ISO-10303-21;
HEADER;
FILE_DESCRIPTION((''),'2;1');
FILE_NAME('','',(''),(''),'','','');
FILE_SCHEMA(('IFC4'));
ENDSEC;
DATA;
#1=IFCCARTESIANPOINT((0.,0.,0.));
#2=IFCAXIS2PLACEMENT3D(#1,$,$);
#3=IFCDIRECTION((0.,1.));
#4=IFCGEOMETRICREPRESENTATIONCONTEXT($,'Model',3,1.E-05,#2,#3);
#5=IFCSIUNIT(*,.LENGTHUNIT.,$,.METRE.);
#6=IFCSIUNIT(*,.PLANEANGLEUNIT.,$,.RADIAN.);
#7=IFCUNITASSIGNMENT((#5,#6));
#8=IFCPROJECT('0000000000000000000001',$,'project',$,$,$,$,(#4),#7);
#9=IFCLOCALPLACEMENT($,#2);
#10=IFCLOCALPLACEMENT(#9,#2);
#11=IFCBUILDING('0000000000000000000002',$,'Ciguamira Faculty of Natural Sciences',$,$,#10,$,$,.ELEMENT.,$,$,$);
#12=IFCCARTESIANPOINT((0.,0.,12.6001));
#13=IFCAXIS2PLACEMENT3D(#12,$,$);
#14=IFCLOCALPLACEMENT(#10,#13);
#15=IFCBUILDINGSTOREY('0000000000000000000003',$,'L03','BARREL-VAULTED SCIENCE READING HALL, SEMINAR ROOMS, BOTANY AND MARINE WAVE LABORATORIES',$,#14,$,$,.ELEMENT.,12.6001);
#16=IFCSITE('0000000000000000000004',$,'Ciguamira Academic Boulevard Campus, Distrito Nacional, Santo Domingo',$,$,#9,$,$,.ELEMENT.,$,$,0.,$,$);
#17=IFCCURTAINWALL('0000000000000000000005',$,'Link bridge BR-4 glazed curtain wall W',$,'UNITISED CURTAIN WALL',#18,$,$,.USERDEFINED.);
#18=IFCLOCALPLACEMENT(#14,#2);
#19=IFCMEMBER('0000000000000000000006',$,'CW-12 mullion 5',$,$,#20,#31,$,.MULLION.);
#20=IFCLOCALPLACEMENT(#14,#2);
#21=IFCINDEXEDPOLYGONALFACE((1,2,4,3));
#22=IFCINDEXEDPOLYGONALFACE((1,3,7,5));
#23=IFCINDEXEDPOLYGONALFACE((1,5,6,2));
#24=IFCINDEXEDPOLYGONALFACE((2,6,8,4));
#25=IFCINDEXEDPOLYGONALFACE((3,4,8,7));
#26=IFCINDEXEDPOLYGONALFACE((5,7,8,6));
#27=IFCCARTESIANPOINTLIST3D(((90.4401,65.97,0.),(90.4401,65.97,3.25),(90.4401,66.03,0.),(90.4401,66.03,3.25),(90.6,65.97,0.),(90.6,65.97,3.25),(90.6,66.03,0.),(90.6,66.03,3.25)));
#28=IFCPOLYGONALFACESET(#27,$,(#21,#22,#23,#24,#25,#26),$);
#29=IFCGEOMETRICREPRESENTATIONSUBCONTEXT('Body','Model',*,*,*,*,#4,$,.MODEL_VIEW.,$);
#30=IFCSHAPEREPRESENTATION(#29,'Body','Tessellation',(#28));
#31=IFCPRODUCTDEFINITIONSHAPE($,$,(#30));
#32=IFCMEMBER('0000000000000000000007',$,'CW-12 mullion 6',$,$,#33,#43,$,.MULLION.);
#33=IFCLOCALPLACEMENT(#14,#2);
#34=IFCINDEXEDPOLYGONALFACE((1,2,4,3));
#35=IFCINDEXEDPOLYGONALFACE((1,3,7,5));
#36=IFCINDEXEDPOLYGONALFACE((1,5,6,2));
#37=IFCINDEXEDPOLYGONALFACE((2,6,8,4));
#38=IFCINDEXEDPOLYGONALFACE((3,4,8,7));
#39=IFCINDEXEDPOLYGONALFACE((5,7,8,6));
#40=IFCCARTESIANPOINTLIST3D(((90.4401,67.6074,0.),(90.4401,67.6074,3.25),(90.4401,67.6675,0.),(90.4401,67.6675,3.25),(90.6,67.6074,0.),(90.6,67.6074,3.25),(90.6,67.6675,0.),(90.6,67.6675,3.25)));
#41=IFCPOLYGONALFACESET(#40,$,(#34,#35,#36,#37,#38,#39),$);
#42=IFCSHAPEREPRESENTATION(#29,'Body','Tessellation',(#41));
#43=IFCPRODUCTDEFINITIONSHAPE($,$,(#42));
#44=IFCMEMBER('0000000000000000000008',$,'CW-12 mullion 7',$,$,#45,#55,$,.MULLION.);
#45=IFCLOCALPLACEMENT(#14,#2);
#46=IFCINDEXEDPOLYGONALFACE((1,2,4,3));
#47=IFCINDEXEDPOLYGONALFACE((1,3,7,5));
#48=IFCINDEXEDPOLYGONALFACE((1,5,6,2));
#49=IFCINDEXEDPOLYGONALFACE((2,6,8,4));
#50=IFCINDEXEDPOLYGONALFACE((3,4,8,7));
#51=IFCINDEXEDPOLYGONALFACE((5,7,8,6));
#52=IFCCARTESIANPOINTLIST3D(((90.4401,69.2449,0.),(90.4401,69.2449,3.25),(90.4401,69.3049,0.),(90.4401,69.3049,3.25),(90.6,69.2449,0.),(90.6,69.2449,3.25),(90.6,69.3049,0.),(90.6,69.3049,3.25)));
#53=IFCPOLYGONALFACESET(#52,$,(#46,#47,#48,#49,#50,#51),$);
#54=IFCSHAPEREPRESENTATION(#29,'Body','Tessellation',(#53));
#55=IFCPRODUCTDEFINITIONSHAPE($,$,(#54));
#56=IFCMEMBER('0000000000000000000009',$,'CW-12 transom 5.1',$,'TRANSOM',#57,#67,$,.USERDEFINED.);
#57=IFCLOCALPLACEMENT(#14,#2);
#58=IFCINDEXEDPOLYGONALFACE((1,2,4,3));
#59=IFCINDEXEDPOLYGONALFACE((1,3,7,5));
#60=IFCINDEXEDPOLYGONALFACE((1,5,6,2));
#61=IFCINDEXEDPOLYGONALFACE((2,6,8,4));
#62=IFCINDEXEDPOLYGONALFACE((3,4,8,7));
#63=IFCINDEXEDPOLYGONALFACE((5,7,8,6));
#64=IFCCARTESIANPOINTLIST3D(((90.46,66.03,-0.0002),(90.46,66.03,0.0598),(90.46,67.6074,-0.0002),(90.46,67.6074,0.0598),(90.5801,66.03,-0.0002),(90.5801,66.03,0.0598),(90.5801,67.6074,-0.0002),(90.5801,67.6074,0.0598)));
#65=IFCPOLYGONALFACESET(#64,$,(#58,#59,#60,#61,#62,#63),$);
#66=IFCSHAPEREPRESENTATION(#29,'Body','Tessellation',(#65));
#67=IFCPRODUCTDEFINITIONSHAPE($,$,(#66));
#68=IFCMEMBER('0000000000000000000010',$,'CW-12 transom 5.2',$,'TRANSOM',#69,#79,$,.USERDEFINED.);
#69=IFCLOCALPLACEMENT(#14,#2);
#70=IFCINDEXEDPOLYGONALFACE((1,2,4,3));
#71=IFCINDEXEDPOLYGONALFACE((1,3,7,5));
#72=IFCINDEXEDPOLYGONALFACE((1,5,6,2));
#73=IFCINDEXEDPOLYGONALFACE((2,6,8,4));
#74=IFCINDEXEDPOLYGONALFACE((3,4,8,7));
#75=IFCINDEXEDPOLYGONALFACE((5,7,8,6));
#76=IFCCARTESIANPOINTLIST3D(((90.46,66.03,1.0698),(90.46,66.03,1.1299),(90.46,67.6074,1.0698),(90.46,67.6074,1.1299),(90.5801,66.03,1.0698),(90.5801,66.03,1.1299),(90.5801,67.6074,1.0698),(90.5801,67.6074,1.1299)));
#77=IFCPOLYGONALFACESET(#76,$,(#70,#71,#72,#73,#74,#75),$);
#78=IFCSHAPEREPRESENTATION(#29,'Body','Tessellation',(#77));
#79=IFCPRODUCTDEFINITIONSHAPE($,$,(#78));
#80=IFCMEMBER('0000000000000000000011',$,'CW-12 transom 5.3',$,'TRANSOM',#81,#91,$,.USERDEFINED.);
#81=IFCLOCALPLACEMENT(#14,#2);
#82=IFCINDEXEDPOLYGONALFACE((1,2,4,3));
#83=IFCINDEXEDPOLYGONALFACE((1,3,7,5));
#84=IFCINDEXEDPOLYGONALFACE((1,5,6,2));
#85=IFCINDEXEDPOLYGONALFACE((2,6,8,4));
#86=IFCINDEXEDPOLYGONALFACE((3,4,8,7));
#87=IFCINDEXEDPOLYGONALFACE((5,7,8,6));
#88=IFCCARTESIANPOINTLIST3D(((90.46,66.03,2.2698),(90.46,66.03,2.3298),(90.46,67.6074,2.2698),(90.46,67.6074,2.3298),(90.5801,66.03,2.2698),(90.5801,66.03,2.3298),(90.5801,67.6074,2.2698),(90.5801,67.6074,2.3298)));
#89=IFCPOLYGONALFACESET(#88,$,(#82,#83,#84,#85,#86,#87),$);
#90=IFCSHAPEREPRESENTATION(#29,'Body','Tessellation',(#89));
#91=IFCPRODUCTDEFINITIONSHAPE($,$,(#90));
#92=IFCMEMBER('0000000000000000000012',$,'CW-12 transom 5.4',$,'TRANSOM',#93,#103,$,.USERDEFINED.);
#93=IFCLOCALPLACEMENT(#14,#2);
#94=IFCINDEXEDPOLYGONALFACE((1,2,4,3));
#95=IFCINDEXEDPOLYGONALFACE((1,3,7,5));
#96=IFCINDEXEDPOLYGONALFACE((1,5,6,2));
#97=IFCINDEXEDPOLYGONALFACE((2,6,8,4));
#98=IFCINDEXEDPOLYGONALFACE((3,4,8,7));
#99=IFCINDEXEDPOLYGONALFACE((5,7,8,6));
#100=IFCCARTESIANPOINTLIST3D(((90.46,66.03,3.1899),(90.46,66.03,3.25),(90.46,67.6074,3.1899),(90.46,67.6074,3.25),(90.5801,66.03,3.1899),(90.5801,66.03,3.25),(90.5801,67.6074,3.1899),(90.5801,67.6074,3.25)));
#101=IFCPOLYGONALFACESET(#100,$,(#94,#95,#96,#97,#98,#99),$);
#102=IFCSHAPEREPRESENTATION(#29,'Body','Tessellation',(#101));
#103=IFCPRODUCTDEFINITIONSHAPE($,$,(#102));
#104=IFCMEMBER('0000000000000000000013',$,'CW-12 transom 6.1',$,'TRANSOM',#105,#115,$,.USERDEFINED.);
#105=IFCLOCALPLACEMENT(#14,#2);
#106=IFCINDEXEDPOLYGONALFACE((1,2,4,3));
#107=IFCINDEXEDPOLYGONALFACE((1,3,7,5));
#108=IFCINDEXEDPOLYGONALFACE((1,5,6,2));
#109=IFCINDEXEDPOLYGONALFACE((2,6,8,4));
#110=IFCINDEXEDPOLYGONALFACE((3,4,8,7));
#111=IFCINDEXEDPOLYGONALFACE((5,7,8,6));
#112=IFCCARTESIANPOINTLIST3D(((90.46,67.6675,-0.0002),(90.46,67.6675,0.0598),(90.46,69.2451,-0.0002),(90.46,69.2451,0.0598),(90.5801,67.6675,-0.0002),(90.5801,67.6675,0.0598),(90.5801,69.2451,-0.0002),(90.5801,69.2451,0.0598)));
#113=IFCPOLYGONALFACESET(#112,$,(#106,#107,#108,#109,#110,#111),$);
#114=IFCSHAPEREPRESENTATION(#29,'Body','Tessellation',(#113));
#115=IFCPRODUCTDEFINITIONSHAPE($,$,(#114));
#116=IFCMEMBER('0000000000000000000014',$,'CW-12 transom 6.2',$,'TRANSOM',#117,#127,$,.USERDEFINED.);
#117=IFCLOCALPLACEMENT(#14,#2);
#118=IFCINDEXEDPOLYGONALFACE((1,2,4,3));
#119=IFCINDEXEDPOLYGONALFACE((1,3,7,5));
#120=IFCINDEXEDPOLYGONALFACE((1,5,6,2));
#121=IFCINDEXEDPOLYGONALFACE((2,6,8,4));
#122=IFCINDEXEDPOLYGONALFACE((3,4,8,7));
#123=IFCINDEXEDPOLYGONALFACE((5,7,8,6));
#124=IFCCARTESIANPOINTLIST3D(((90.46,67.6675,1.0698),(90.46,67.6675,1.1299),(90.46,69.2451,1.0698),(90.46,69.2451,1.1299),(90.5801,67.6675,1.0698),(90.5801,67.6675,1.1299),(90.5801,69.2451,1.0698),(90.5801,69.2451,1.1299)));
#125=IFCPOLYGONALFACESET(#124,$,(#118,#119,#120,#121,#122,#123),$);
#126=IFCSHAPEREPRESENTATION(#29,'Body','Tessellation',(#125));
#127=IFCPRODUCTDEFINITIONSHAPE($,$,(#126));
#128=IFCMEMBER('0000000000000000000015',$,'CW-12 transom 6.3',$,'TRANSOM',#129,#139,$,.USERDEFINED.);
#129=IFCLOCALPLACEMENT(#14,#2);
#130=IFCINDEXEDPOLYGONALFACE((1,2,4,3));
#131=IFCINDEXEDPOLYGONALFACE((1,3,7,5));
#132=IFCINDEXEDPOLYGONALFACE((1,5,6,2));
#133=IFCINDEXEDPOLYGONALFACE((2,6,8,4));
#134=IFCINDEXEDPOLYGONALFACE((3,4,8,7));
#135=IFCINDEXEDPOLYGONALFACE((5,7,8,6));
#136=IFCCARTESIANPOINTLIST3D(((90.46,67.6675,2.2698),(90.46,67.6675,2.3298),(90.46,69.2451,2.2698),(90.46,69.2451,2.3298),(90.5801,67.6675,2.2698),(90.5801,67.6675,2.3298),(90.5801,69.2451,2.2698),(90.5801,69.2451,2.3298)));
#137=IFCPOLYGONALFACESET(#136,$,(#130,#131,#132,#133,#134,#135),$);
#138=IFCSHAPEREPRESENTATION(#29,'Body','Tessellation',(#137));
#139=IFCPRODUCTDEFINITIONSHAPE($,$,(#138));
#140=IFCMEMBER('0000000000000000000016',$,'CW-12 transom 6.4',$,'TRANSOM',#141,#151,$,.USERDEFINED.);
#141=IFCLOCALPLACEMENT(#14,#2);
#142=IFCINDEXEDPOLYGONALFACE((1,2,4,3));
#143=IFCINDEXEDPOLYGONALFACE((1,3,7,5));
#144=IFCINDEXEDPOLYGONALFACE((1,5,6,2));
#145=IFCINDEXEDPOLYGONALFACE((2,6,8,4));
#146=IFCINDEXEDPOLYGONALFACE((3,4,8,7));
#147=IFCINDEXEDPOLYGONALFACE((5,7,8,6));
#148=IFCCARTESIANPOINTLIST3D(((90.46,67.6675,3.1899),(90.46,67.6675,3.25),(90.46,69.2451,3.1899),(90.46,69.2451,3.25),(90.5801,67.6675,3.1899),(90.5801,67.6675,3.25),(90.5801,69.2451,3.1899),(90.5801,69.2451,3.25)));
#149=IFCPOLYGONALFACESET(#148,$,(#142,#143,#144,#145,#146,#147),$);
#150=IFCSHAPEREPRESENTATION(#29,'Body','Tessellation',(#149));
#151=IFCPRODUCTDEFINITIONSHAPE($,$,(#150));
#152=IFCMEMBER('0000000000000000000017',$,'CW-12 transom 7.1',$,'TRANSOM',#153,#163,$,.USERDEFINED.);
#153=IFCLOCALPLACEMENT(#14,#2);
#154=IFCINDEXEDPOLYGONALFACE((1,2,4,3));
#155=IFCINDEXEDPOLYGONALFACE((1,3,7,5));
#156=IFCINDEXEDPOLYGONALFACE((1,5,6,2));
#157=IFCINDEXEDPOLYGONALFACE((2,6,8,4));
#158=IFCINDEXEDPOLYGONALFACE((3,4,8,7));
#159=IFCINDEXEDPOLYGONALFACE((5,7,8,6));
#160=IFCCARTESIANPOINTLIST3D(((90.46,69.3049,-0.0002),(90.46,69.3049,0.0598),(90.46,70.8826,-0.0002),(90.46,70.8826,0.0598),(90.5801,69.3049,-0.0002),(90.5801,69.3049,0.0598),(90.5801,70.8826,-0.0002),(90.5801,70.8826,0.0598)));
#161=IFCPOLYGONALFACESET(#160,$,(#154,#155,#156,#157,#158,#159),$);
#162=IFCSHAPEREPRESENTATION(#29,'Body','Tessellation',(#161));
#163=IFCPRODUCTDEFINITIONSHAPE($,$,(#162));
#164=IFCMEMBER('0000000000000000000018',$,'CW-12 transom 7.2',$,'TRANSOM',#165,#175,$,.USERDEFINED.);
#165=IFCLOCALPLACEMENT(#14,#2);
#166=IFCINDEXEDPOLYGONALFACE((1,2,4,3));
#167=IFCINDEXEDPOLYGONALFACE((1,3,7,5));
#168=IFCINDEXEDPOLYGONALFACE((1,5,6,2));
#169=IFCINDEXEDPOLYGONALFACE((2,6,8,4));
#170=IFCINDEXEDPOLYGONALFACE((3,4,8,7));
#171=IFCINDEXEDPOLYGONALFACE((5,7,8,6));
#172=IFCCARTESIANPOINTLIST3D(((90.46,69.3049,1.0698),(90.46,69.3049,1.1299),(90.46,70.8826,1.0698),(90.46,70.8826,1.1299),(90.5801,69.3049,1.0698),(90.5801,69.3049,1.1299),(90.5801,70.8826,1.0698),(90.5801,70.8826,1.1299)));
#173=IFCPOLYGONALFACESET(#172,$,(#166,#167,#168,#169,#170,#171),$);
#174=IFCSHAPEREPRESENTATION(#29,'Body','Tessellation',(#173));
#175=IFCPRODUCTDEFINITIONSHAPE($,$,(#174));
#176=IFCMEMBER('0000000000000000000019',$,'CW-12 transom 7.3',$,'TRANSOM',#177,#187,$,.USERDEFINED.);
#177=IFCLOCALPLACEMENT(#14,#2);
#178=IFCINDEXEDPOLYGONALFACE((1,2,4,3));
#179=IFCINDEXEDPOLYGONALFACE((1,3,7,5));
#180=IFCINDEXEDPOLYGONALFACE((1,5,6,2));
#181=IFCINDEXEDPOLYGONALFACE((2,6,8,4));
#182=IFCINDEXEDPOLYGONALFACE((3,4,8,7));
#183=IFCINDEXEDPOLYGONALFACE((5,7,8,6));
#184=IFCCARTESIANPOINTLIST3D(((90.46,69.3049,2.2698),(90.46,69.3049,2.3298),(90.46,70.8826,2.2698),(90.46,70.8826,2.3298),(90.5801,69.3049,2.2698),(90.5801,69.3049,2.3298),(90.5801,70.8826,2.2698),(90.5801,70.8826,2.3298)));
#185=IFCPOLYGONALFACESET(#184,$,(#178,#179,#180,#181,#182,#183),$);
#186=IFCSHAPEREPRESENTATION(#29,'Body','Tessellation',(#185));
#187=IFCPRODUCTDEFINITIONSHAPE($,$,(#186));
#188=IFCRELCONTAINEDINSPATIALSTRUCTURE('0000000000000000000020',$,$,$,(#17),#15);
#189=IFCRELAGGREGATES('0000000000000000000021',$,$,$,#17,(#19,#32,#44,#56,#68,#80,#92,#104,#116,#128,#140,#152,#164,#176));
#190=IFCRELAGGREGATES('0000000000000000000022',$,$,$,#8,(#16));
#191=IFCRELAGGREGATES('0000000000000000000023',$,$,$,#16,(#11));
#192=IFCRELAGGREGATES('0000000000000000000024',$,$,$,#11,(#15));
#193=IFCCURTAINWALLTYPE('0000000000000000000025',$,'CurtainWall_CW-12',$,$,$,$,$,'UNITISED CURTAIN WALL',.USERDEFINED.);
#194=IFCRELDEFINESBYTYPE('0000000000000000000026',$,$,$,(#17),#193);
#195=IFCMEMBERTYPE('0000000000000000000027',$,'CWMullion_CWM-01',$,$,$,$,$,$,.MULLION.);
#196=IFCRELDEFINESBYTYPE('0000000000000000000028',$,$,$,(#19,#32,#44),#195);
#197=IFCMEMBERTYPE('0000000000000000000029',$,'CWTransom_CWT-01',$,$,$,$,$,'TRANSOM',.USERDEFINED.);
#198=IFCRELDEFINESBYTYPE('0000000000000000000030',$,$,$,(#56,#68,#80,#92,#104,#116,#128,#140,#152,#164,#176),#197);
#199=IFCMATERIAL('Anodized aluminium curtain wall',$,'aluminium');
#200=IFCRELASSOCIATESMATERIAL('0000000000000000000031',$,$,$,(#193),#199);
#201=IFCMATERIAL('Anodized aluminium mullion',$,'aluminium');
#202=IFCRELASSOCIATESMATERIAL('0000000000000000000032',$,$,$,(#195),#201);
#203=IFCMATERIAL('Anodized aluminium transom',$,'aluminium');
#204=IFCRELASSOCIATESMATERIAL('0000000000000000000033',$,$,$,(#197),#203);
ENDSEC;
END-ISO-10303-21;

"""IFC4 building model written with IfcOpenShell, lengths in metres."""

from ifc_helpers import new_model, si_unit, direction, frame, origin, origin_2d, place, context, subcontext, project, spatial, rectangle, extrude, material, material_profile, profile_set, type_object, element, aggregate, save


model = new_model("IFC4")

# Units and contexts
model_context = context("Model", 3, precision=1e-05, world=origin(), true_north=direction((0.0, 1.0)))
body_context = subcontext(model_context, "Body", "Model", "MODEL_VIEW")
ifc_project = project(units=[si_unit("LENGTHUNIT", "METRE"), si_unit("PLANEANGLEUNIT", "RADIAN")], contexts=[model_context])

# Site, building, storey
site_placement = place(None, origin())
site = spatial("IfcSite", under=ifc_project, at=site_placement, Name="Ciguamira Academic Boulevard Campus, Distrito Nacional, Santo Domingo", CompositionType="ELEMENT", RefElevation=0.0)
building_placement = place(site_placement, origin())
building = spatial("IfcBuilding", under=site, at=building_placement, Name="Ciguamira Faculty of Natural Sciences", CompositionType="ELEMENT")
storey_placement = place(building_placement, frame((0.0, 0.0, 12.6001)))
storey = spatial("IfcBuildingStorey", under=building, at=storey_placement, Name="L03", Description="BARREL-VAULTED SCIENCE READING HALL, SEMINAR ROOMS, BOTANY AND MARINE WAVE LABORATORIES", CompositionType="ELEMENT", Elevation=12.6001)

# Curtain wall, members
ifc_material_1 = material(Name="Anodized aluminium curtain wall", Category="aluminium")
curtain_wall_type = type_object("IfcCurtainWallType", Name="CurtainWall_CW-12", ElementType="UNITISED CURTAIN WALL", PredefinedType="USERDEFINED", material=ifc_material_1)
curtain_wall_placement = place(storey_placement, origin())
curtain_wall = element("IfcCurtainWall", 1, at=curtain_wall_placement, inside=storey, type_object=curtain_wall_type, Name="Link bridge BR-4 glazed curtain wall W", ObjectType="UNITISED CURTAIN WALL", PredefinedType="USERDEFINED")
ifc_material_2 = material(Name="Anodized aluminium mullion", Category="aluminium")
ifc_material_profile_1 = material_profile(ifc_material_2, rectangle(XDim=0.0601, YDim=0.1599, at=origin_2d()), Name="ALU-MUL-60X160")
ifc_profile_set_1 = profile_set([ifc_material_profile_1], Name="Anodized aluminium mullion")
member_type_1 = type_object("IfcMemberType", Name="CWMullion_CWM-01", PredefinedType="MULLION", material=ifc_profile_set_1)
member_1_placement = place(storey_placement, frame((90.52, 66.0, 0.0), z_axis=(0.0, 0.0, 1.0), x_axis=(0.0, 1.0, 0.0)))
member_1 = element("IfcMember", 2, at=member_1_placement, type_object=member_type_1, Name="CW-12 mullion 5", PredefinedType="MULLION", context=body_context, shape_type="SweptSolid", body=[
    extrude(rectangle(XDim=0.0601, YDim=0.1599, at=origin_2d()), origin(), (0.0, 0.0, 1.0), 3.25),
])
member_2_placement = place(storey_placement, frame((90.52, 67.6375, 0.0), z_axis=(0.0, 0.0, 1.0), x_axis=(0.0, 1.0, 0.0)))
member_2 = element("IfcMember", 3, at=member_2_placement, type_object=member_type_1, Name="CW-12 mullion 6", PredefinedType="MULLION", context=body_context, shape_type="SweptSolid", body=[
    extrude(rectangle(XDim=0.0601, YDim=0.1599, at=origin_2d()), origin(), (0.0, 0.0, 1.0), 3.25),
])
member_3_placement = place(storey_placement, frame((90.52, 69.2749, 0.0), z_axis=(0.0, 0.0, 1.0), x_axis=(0.0, 1.0, 0.0)))
member_3 = element("IfcMember", 4, at=member_3_placement, type_object=member_type_1, Name="CW-12 mullion 7", PredefinedType="MULLION", context=body_context, shape_type="SweptSolid", body=[
    extrude(rectangle(XDim=0.0601, YDim=0.1599, at=origin_2d()), origin(), (0.0, 0.0, 1.0), 3.25),
])
ifc_material_3 = material(Name="Anodized aluminium transom", Category="aluminium")
ifc_material_profile_2 = material_profile(ifc_material_3, rectangle(XDim=0.0601, YDim=0.1201, at=origin_2d()), Name="ALU-TRN-60X120")
ifc_profile_set_2 = profile_set([ifc_material_profile_2], Name="Anodized aluminium transom")
member_type_2 = type_object("IfcMemberType", Name="CWTransom_CWT-01", ElementType="TRANSOM", PredefinedType="USERDEFINED", material=ifc_profile_set_2)
member_4_placement = place(storey_placement, frame((90.52, 66.03, 0.0298), z_axis=(0.0, 1.0, 0.0), x_axis=(0.0, 0.0, 1.0)))
member_4 = element("IfcMember", 5, at=member_4_placement, type_object=member_type_2, Name="CW-12 transom 5.1", ObjectType="TRANSOM", PredefinedType="USERDEFINED", context=body_context, shape_type="SweptSolid", body=[
    extrude(rectangle(XDim=0.0601, YDim=0.1201, at=origin_2d()), origin(), (0.0, 0.0, 1.0), 1.5774),
])
member_5_placement = place(storey_placement, frame((90.52, 66.03, 1.0999), z_axis=(0.0, 1.0, 0.0), x_axis=(0.0, 0.0, 1.0)))
member_5 = element("IfcMember", 6, at=member_5_placement, type_object=member_type_2, Name="CW-12 transom 5.2", ObjectType="TRANSOM", PredefinedType="USERDEFINED", context=body_context, shape_type="SweptSolid", body=[
    extrude(rectangle(XDim=0.0601, YDim=0.1201, at=origin_2d()), origin(), (0.0, 0.0, 1.0), 1.5774),
])
member_6_placement = place(storey_placement, frame((90.52, 66.03, 2.2998), z_axis=(0.0, 1.0, 0.0), x_axis=(0.0, 0.0, 1.0)))
member_6 = element("IfcMember", 7, at=member_6_placement, type_object=member_type_2, Name="CW-12 transom 5.3", ObjectType="TRANSOM", PredefinedType="USERDEFINED", context=body_context, shape_type="SweptSolid", body=[
    extrude(rectangle(XDim=0.0601, YDim=0.1201, at=origin_2d()), origin(), (0.0, 0.0, 1.0), 1.5774),
])
member_7_placement = place(storey_placement, frame((90.52, 66.03, 3.22), z_axis=(0.0, 1.0, 0.0), x_axis=(0.0, 0.0, 1.0)))
member_7 = element("IfcMember", 8, at=member_7_placement, type_object=member_type_2, Name="CW-12 transom 5.4", ObjectType="TRANSOM", PredefinedType="USERDEFINED", context=body_context, shape_type="SweptSolid", body=[
    extrude(rectangle(XDim=0.0601, YDim=0.1201, at=origin_2d()), origin(), (0.0, 0.0, 1.0), 1.5774),
])
member_8_placement = place(storey_placement, frame((90.52, 67.6675, 0.0298), z_axis=(0.0, 1.0, 0.0), x_axis=(0.0, 0.0, 1.0)))
member_8 = element("IfcMember", 9, at=member_8_placement, type_object=member_type_2, Name="CW-12 transom 6.1", ObjectType="TRANSOM", PredefinedType="USERDEFINED", context=body_context, shape_type="SweptSolid", body=[
    extrude(rectangle(XDim=0.0601, YDim=0.1201, at=origin_2d()), origin(), (0.0, 0.0, 1.0), 1.5776),
])
member_9_placement = place(storey_placement, frame((90.52, 67.6675, 1.0999), z_axis=(0.0, 1.0, 0.0), x_axis=(0.0, 0.0, 1.0)))
member_9 = element("IfcMember", 10, at=member_9_placement, type_object=member_type_2, Name="CW-12 transom 6.2", ObjectType="TRANSOM", PredefinedType="USERDEFINED", context=body_context, shape_type="SweptSolid", body=[
    extrude(rectangle(XDim=0.0601, YDim=0.1201, at=origin_2d()), origin(), (0.0, 0.0, 1.0), 1.5776),
])
member_10_placement = place(storey_placement, frame((90.52, 67.6675, 2.2998), z_axis=(0.0, 1.0, 0.0), x_axis=(0.0, 0.0, 1.0)))
member_10 = element("IfcMember", 11, at=member_10_placement, type_object=member_type_2, Name="CW-12 transom 6.3", ObjectType="TRANSOM", PredefinedType="USERDEFINED", context=body_context, shape_type="SweptSolid", body=[
    extrude(rectangle(XDim=0.0601, YDim=0.1201, at=origin_2d()), origin(), (0.0, 0.0, 1.0), 1.5776),
])
member_11_placement = place(storey_placement, frame((90.52, 67.6675, 3.22), z_axis=(0.0, 1.0, 0.0), x_axis=(0.0, 0.0, 1.0)))
member_11 = element("IfcMember", 12, at=member_11_placement, type_object=member_type_2, Name="CW-12 transom 6.4", ObjectType="TRANSOM", PredefinedType="USERDEFINED", context=body_context, shape_type="SweptSolid", body=[
    extrude(rectangle(XDim=0.0601, YDim=0.1201, at=origin_2d()), origin(), (0.0, 0.0, 1.0), 1.5776),
])
member_12_placement = place(storey_placement, frame((90.52, 69.3049, 0.0298), z_axis=(0.0, 1.0, 0.0), x_axis=(0.0, 0.0, 1.0)))
member_12 = element("IfcMember", 13, at=member_12_placement, type_object=member_type_2, Name="CW-12 transom 7.1", ObjectType="TRANSOM", PredefinedType="USERDEFINED", context=body_context, shape_type="SweptSolid", body=[
    extrude(rectangle(XDim=0.0601, YDim=0.1201, at=origin_2d()), origin(), (0.0, 0.0, 1.0), 1.5776),
])
member_13_placement = place(storey_placement, frame((90.52, 69.3049, 1.0999), z_axis=(0.0, 1.0, 0.0), x_axis=(0.0, 0.0, 1.0)))
member_13 = element("IfcMember", 14, at=member_13_placement, type_object=member_type_2, Name="CW-12 transom 7.2", ObjectType="TRANSOM", PredefinedType="USERDEFINED", context=body_context, shape_type="SweptSolid", body=[
    extrude(rectangle(XDim=0.0601, YDim=0.1201, at=origin_2d()), origin(), (0.0, 0.0, 1.0), 1.5776),
])
member_14_placement = place(storey_placement, frame((90.52, 69.3049, 2.2998), z_axis=(0.0, 1.0, 0.0), x_axis=(0.0, 0.0, 1.0)))
member_14 = element("IfcMember", 15, at=member_14_placement, type_object=member_type_2, Name="CW-12 transom 7.3", ObjectType="TRANSOM", PredefinedType="USERDEFINED", context=body_context, shape_type="SweptSolid", body=[
    extrude(rectangle(XDim=0.0601, YDim=0.1201, at=origin_2d()), origin(), (0.0, 0.0, 1.0), 1.5776),
])

aggregate(curtain_wall, [member_1, member_2, member_3, member_4, member_5, member_6, member_7, member_8, member_9, member_10, member_11, member_12, member_13, member_14])

save(model, "model.ifc")
